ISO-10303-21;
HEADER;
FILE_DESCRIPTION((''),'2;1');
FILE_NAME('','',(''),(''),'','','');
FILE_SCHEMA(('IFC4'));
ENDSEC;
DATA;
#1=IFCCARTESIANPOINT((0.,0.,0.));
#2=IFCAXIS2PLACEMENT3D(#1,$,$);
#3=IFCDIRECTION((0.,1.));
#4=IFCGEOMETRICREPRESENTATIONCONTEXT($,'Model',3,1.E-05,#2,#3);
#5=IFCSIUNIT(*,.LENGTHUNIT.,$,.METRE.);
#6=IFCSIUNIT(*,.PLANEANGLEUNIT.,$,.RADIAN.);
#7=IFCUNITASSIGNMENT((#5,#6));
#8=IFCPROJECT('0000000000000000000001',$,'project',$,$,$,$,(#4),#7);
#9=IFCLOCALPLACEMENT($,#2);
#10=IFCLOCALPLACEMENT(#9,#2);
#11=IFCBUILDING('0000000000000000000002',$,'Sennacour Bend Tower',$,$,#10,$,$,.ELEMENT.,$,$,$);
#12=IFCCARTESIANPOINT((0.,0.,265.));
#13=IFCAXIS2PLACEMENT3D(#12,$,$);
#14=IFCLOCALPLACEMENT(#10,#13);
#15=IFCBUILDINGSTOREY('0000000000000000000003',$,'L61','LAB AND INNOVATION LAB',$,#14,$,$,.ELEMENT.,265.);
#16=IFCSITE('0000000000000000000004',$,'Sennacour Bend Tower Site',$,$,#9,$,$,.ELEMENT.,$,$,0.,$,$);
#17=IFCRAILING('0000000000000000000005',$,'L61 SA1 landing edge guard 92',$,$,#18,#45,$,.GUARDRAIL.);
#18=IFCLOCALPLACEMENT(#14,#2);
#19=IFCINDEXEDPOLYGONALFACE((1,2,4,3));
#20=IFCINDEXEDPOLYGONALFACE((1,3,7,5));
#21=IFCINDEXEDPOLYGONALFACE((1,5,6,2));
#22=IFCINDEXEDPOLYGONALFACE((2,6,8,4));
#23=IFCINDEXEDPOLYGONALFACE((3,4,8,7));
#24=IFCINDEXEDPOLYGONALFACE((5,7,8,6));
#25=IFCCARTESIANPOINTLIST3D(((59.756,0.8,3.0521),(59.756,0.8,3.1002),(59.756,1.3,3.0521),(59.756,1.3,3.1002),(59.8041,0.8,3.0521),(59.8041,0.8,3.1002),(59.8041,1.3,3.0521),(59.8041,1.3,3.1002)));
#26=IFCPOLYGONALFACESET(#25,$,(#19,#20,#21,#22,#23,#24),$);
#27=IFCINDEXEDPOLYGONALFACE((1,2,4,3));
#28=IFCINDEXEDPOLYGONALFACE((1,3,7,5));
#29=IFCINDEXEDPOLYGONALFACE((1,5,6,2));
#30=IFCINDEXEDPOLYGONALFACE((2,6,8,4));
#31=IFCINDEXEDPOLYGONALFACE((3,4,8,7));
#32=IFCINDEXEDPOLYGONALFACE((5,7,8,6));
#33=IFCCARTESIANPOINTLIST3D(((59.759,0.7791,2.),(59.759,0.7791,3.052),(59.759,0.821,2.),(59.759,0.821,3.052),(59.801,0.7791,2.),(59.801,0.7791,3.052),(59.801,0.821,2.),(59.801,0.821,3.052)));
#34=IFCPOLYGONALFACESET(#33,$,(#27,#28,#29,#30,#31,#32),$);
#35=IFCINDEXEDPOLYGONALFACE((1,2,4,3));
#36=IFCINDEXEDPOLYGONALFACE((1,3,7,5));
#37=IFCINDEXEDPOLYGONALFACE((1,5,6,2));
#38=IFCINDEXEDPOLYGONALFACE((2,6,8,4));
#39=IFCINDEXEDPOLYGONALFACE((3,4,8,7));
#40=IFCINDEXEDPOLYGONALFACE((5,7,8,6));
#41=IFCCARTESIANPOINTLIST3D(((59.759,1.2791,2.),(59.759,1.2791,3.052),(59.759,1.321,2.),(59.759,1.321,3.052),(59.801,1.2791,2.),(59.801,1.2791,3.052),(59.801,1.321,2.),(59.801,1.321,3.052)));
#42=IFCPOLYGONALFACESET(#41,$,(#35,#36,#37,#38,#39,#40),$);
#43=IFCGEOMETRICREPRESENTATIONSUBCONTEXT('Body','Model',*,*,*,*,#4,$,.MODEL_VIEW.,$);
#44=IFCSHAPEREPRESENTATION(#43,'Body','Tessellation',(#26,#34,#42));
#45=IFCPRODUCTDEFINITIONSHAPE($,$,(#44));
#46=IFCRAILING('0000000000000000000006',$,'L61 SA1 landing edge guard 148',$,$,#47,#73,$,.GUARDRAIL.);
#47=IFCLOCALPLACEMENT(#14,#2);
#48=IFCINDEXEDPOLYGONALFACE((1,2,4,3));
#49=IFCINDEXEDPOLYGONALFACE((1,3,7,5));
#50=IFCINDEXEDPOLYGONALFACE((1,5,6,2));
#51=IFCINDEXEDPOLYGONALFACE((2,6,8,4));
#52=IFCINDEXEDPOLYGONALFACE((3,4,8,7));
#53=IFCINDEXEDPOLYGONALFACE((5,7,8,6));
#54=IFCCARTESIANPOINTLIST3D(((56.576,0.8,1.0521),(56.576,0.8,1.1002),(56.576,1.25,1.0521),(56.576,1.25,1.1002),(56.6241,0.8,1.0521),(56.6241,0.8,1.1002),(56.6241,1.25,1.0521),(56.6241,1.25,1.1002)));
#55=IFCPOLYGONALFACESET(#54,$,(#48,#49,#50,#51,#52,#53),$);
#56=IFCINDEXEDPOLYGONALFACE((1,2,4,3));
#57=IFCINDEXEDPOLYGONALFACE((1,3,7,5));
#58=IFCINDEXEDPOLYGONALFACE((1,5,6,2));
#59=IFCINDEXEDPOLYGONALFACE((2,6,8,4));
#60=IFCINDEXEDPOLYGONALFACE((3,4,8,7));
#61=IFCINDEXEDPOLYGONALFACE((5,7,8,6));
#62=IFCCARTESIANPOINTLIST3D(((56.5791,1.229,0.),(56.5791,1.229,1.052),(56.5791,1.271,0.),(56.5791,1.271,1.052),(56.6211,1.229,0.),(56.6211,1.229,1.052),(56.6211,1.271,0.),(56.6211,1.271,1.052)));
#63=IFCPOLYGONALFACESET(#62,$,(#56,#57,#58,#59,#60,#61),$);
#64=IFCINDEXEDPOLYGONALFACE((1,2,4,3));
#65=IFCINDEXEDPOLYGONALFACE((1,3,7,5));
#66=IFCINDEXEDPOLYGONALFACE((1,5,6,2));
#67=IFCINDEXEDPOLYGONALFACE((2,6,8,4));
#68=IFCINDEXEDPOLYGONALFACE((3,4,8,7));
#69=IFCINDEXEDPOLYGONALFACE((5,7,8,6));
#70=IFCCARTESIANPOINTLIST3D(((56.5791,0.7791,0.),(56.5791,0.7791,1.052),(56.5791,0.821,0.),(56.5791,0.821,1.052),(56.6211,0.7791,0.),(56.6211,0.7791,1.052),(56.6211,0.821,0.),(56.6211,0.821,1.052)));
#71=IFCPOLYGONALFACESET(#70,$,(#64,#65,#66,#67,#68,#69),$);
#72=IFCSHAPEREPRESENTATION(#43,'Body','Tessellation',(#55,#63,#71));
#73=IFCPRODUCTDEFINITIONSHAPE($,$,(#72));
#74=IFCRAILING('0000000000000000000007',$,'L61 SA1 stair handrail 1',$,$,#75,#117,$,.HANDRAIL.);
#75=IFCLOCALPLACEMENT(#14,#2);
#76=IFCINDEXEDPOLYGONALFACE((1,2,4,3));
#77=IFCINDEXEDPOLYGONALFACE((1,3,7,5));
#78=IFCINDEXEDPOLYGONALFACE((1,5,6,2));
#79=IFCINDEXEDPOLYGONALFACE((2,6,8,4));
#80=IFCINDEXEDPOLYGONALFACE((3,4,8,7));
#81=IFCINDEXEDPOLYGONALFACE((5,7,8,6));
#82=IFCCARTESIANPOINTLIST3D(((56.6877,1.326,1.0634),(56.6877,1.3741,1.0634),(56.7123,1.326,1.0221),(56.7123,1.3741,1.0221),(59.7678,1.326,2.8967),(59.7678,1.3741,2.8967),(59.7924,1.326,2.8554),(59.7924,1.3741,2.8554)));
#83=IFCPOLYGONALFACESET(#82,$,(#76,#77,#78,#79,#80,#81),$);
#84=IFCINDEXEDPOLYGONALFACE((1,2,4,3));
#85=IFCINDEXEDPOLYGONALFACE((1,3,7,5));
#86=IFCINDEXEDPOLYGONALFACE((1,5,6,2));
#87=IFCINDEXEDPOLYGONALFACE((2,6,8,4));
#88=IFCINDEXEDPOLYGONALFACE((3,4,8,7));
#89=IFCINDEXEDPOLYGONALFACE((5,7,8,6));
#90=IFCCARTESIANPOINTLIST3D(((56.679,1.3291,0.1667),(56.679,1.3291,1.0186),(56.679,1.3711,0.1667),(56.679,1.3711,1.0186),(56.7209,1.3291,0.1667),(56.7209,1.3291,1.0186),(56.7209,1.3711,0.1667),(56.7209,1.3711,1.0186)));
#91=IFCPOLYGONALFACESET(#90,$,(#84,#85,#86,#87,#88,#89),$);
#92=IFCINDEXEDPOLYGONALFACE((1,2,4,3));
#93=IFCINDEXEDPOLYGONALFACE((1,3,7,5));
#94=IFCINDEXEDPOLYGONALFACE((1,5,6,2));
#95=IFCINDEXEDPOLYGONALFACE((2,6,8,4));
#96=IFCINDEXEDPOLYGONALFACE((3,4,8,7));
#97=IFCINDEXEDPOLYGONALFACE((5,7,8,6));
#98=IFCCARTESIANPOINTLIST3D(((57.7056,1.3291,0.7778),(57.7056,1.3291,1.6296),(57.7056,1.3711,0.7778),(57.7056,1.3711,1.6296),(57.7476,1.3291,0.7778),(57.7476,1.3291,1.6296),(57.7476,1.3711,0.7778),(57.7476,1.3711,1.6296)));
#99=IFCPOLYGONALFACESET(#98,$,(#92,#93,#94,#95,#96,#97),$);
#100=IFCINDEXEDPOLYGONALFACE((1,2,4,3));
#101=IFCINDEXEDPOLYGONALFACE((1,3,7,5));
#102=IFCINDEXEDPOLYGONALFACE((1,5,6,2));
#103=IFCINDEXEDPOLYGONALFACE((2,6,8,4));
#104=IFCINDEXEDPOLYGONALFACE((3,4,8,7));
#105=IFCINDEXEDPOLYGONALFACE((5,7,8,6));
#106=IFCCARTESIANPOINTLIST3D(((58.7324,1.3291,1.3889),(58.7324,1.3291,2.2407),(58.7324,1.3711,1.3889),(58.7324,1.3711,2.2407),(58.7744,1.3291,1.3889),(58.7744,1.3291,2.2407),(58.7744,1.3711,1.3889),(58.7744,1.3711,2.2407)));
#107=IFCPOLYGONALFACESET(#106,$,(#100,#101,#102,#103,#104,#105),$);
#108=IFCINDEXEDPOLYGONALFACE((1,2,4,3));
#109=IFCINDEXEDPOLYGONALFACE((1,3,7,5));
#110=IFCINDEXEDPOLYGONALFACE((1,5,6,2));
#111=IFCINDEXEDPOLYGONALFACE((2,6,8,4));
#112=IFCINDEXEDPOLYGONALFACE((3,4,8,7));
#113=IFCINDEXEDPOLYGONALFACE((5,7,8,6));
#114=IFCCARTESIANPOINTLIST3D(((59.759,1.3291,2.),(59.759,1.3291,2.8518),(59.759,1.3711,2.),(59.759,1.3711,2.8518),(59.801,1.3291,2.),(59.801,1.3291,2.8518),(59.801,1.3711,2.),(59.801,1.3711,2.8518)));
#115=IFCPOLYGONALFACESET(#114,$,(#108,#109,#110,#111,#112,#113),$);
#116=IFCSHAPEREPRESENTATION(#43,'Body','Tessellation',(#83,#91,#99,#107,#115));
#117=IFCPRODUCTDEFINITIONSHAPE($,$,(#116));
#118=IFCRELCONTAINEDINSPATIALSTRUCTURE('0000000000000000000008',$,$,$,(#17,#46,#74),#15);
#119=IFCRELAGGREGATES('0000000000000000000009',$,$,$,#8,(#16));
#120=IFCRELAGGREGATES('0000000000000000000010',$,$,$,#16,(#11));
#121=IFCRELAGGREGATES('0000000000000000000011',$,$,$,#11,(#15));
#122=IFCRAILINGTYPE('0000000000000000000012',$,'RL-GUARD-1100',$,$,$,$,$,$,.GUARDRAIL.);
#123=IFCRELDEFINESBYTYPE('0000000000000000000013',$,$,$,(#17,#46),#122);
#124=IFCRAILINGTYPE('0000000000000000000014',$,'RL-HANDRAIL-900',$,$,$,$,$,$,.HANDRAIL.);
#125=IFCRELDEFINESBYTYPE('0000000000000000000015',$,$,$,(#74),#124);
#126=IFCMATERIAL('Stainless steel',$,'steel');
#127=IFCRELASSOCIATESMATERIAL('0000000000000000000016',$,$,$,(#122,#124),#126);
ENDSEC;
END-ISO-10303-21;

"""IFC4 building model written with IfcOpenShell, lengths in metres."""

from ifc_helpers import new_model, si_unit, direction, frame, origin, origin_2d, place, context, subcontext, project, spatial, rectangle, extrude, material, type_object, element, save


model = new_model("IFC4")

# Units and contexts
model_context = context("Model", 3, precision=1e-05, world=origin(), true_north=direction((0.0, 1.0)))
body_context = subcontext(model_context, "Body", "Model", "MODEL_VIEW")
ifc_project = project(units=[si_unit("LENGTHUNIT", "METRE"), si_unit("PLANEANGLEUNIT", "RADIAN")], contexts=[model_context])

# Site, building, storey
site_placement = place(None, origin())
site = spatial("IfcSite", under=ifc_project, at=site_placement, Name="Sennacour Bend Tower Site", CompositionType="ELEMENT", RefElevation=0.0)
building_placement = place(site_placement, origin())
building = spatial("IfcBuilding", under=site, at=building_placement, Name="Sennacour Bend Tower", CompositionType="ELEMENT")
storey_placement = place(building_placement, frame((0.0, 0.0, 265.0)))
storey = spatial("IfcBuildingStorey", under=building, at=storey_placement, Name="L61", Description="LAB AND INNOVATION LAB", CompositionType="ELEMENT", Elevation=265.0)

# Shared definitions
ifc_material_1 = material(Name="Stainless steel", Category="steel")

# Railings
railing_type_1 = type_object("IfcRailingType", Name="RL-GUARD-1100", PredefinedType="GUARDRAIL", material=ifc_material_1)
railing_1_placement = place(storey_placement, frame((59.78, 0.8, 2.0)))
element("IfcRailing", 1, at=railing_1_placement, inside=storey, type_object=railing_type_1, Name="L61 SA1 landing edge guard 92", PredefinedType="GUARDRAIL", context=body_context, shape_type="SweptSolid", body=[
    extrude(rectangle(XDim=0.0481, YDim=0.0481, at=origin_2d()), frame((0.0, 0.0, 1.0762), z_axis=(0.0, 1.0, 0.0), x_axis=(-1.0, 0.0, 0.0)), (0.0, 0.0, 1.0), 0.5),
    extrude(rectangle(XDim=0.042, YDim=0.042, at=origin_2d()), origin(), (0.0, 0.0, 1.0), 1.052),
    extrude(rectangle(XDim=0.042, YDim=0.042, at=origin_2d()), frame((0.0, 0.5, 0.0)), (0.0, 0.0, 1.0), 1.052),
])
railing_2_placement = place(storey_placement, frame((56.6001, 1.25, 0.0)))
element("IfcRailing", 2, at=railing_2_placement, inside=storey, type_object=railing_type_1, Name="L61 SA1 landing edge guard 148", PredefinedType="GUARDRAIL", context=body_context, shape_type="SweptSolid", body=[
    extrude(rectangle(XDim=0.0481, YDim=0.0481, at=origin_2d()), frame((0.0, 0.0, 1.0762), z_axis=(0.0, -1.0, 0.0), x_axis=(1.0, 0.0, 0.0)), (0.0, 0.0, 1.0), 0.45),
    extrude(rectangle(XDim=0.042, YDim=0.042, at=origin_2d()), origin(), (0.0, 0.0, 1.0), 1.052),
    extrude(rectangle(XDim=0.042, YDim=0.042, at=origin_2d()), frame((0.0, -0.45, 0.0)), (0.0, 0.0, 1.0), 1.052),
])
railing_type_2 = type_object("IfcRailingType", Name="RL-HANDRAIL-900", PredefinedType="HANDRAIL", material=ifc_material_1)
railing_3_placement = place(storey_placement, frame((56.7, 1.3501, 0.1667)))
element("IfcRailing", 3, at=railing_3_placement, inside=storey, type_object=railing_type_2, Name="L61 SA1 stair handrail 1", PredefinedType="HANDRAIL", context=body_context, shape_type="SweptSolid", body=[
    extrude(rectangle(XDim=0.0481, YDim=0.0481, at=origin_2d()), frame((0.0, 0.0, 0.876), z_axis=(0.859309, 0.0, 0.511458), x_axis=(0.0, 1.0, 0.0)), (0.0, 0.0, 1.0), 3.5845),
    extrude(rectangle(XDim=0.042, YDim=0.042, at=origin_2d()), origin(), (0.0, 0.0, 1.0), 0.8518),
    extrude(rectangle(XDim=0.042, YDim=0.042, at=origin_2d()), frame((1.0266, 0.0, 0.6111)), (0.0, 0.0, 1.0), 0.8518),
    extrude(rectangle(XDim=0.042, YDim=0.042, at=origin_2d()), frame((2.0535, 0.0, 1.2222)), (0.0, 0.0, 1.0), 0.8518),
    extrude(rectangle(XDim=0.042, YDim=0.042, at=origin_2d()), frame((3.0801, 0.0, 1.8333)), (0.0, 0.0, 1.0), 0.8518),
])

save(model, "model.ifc")
